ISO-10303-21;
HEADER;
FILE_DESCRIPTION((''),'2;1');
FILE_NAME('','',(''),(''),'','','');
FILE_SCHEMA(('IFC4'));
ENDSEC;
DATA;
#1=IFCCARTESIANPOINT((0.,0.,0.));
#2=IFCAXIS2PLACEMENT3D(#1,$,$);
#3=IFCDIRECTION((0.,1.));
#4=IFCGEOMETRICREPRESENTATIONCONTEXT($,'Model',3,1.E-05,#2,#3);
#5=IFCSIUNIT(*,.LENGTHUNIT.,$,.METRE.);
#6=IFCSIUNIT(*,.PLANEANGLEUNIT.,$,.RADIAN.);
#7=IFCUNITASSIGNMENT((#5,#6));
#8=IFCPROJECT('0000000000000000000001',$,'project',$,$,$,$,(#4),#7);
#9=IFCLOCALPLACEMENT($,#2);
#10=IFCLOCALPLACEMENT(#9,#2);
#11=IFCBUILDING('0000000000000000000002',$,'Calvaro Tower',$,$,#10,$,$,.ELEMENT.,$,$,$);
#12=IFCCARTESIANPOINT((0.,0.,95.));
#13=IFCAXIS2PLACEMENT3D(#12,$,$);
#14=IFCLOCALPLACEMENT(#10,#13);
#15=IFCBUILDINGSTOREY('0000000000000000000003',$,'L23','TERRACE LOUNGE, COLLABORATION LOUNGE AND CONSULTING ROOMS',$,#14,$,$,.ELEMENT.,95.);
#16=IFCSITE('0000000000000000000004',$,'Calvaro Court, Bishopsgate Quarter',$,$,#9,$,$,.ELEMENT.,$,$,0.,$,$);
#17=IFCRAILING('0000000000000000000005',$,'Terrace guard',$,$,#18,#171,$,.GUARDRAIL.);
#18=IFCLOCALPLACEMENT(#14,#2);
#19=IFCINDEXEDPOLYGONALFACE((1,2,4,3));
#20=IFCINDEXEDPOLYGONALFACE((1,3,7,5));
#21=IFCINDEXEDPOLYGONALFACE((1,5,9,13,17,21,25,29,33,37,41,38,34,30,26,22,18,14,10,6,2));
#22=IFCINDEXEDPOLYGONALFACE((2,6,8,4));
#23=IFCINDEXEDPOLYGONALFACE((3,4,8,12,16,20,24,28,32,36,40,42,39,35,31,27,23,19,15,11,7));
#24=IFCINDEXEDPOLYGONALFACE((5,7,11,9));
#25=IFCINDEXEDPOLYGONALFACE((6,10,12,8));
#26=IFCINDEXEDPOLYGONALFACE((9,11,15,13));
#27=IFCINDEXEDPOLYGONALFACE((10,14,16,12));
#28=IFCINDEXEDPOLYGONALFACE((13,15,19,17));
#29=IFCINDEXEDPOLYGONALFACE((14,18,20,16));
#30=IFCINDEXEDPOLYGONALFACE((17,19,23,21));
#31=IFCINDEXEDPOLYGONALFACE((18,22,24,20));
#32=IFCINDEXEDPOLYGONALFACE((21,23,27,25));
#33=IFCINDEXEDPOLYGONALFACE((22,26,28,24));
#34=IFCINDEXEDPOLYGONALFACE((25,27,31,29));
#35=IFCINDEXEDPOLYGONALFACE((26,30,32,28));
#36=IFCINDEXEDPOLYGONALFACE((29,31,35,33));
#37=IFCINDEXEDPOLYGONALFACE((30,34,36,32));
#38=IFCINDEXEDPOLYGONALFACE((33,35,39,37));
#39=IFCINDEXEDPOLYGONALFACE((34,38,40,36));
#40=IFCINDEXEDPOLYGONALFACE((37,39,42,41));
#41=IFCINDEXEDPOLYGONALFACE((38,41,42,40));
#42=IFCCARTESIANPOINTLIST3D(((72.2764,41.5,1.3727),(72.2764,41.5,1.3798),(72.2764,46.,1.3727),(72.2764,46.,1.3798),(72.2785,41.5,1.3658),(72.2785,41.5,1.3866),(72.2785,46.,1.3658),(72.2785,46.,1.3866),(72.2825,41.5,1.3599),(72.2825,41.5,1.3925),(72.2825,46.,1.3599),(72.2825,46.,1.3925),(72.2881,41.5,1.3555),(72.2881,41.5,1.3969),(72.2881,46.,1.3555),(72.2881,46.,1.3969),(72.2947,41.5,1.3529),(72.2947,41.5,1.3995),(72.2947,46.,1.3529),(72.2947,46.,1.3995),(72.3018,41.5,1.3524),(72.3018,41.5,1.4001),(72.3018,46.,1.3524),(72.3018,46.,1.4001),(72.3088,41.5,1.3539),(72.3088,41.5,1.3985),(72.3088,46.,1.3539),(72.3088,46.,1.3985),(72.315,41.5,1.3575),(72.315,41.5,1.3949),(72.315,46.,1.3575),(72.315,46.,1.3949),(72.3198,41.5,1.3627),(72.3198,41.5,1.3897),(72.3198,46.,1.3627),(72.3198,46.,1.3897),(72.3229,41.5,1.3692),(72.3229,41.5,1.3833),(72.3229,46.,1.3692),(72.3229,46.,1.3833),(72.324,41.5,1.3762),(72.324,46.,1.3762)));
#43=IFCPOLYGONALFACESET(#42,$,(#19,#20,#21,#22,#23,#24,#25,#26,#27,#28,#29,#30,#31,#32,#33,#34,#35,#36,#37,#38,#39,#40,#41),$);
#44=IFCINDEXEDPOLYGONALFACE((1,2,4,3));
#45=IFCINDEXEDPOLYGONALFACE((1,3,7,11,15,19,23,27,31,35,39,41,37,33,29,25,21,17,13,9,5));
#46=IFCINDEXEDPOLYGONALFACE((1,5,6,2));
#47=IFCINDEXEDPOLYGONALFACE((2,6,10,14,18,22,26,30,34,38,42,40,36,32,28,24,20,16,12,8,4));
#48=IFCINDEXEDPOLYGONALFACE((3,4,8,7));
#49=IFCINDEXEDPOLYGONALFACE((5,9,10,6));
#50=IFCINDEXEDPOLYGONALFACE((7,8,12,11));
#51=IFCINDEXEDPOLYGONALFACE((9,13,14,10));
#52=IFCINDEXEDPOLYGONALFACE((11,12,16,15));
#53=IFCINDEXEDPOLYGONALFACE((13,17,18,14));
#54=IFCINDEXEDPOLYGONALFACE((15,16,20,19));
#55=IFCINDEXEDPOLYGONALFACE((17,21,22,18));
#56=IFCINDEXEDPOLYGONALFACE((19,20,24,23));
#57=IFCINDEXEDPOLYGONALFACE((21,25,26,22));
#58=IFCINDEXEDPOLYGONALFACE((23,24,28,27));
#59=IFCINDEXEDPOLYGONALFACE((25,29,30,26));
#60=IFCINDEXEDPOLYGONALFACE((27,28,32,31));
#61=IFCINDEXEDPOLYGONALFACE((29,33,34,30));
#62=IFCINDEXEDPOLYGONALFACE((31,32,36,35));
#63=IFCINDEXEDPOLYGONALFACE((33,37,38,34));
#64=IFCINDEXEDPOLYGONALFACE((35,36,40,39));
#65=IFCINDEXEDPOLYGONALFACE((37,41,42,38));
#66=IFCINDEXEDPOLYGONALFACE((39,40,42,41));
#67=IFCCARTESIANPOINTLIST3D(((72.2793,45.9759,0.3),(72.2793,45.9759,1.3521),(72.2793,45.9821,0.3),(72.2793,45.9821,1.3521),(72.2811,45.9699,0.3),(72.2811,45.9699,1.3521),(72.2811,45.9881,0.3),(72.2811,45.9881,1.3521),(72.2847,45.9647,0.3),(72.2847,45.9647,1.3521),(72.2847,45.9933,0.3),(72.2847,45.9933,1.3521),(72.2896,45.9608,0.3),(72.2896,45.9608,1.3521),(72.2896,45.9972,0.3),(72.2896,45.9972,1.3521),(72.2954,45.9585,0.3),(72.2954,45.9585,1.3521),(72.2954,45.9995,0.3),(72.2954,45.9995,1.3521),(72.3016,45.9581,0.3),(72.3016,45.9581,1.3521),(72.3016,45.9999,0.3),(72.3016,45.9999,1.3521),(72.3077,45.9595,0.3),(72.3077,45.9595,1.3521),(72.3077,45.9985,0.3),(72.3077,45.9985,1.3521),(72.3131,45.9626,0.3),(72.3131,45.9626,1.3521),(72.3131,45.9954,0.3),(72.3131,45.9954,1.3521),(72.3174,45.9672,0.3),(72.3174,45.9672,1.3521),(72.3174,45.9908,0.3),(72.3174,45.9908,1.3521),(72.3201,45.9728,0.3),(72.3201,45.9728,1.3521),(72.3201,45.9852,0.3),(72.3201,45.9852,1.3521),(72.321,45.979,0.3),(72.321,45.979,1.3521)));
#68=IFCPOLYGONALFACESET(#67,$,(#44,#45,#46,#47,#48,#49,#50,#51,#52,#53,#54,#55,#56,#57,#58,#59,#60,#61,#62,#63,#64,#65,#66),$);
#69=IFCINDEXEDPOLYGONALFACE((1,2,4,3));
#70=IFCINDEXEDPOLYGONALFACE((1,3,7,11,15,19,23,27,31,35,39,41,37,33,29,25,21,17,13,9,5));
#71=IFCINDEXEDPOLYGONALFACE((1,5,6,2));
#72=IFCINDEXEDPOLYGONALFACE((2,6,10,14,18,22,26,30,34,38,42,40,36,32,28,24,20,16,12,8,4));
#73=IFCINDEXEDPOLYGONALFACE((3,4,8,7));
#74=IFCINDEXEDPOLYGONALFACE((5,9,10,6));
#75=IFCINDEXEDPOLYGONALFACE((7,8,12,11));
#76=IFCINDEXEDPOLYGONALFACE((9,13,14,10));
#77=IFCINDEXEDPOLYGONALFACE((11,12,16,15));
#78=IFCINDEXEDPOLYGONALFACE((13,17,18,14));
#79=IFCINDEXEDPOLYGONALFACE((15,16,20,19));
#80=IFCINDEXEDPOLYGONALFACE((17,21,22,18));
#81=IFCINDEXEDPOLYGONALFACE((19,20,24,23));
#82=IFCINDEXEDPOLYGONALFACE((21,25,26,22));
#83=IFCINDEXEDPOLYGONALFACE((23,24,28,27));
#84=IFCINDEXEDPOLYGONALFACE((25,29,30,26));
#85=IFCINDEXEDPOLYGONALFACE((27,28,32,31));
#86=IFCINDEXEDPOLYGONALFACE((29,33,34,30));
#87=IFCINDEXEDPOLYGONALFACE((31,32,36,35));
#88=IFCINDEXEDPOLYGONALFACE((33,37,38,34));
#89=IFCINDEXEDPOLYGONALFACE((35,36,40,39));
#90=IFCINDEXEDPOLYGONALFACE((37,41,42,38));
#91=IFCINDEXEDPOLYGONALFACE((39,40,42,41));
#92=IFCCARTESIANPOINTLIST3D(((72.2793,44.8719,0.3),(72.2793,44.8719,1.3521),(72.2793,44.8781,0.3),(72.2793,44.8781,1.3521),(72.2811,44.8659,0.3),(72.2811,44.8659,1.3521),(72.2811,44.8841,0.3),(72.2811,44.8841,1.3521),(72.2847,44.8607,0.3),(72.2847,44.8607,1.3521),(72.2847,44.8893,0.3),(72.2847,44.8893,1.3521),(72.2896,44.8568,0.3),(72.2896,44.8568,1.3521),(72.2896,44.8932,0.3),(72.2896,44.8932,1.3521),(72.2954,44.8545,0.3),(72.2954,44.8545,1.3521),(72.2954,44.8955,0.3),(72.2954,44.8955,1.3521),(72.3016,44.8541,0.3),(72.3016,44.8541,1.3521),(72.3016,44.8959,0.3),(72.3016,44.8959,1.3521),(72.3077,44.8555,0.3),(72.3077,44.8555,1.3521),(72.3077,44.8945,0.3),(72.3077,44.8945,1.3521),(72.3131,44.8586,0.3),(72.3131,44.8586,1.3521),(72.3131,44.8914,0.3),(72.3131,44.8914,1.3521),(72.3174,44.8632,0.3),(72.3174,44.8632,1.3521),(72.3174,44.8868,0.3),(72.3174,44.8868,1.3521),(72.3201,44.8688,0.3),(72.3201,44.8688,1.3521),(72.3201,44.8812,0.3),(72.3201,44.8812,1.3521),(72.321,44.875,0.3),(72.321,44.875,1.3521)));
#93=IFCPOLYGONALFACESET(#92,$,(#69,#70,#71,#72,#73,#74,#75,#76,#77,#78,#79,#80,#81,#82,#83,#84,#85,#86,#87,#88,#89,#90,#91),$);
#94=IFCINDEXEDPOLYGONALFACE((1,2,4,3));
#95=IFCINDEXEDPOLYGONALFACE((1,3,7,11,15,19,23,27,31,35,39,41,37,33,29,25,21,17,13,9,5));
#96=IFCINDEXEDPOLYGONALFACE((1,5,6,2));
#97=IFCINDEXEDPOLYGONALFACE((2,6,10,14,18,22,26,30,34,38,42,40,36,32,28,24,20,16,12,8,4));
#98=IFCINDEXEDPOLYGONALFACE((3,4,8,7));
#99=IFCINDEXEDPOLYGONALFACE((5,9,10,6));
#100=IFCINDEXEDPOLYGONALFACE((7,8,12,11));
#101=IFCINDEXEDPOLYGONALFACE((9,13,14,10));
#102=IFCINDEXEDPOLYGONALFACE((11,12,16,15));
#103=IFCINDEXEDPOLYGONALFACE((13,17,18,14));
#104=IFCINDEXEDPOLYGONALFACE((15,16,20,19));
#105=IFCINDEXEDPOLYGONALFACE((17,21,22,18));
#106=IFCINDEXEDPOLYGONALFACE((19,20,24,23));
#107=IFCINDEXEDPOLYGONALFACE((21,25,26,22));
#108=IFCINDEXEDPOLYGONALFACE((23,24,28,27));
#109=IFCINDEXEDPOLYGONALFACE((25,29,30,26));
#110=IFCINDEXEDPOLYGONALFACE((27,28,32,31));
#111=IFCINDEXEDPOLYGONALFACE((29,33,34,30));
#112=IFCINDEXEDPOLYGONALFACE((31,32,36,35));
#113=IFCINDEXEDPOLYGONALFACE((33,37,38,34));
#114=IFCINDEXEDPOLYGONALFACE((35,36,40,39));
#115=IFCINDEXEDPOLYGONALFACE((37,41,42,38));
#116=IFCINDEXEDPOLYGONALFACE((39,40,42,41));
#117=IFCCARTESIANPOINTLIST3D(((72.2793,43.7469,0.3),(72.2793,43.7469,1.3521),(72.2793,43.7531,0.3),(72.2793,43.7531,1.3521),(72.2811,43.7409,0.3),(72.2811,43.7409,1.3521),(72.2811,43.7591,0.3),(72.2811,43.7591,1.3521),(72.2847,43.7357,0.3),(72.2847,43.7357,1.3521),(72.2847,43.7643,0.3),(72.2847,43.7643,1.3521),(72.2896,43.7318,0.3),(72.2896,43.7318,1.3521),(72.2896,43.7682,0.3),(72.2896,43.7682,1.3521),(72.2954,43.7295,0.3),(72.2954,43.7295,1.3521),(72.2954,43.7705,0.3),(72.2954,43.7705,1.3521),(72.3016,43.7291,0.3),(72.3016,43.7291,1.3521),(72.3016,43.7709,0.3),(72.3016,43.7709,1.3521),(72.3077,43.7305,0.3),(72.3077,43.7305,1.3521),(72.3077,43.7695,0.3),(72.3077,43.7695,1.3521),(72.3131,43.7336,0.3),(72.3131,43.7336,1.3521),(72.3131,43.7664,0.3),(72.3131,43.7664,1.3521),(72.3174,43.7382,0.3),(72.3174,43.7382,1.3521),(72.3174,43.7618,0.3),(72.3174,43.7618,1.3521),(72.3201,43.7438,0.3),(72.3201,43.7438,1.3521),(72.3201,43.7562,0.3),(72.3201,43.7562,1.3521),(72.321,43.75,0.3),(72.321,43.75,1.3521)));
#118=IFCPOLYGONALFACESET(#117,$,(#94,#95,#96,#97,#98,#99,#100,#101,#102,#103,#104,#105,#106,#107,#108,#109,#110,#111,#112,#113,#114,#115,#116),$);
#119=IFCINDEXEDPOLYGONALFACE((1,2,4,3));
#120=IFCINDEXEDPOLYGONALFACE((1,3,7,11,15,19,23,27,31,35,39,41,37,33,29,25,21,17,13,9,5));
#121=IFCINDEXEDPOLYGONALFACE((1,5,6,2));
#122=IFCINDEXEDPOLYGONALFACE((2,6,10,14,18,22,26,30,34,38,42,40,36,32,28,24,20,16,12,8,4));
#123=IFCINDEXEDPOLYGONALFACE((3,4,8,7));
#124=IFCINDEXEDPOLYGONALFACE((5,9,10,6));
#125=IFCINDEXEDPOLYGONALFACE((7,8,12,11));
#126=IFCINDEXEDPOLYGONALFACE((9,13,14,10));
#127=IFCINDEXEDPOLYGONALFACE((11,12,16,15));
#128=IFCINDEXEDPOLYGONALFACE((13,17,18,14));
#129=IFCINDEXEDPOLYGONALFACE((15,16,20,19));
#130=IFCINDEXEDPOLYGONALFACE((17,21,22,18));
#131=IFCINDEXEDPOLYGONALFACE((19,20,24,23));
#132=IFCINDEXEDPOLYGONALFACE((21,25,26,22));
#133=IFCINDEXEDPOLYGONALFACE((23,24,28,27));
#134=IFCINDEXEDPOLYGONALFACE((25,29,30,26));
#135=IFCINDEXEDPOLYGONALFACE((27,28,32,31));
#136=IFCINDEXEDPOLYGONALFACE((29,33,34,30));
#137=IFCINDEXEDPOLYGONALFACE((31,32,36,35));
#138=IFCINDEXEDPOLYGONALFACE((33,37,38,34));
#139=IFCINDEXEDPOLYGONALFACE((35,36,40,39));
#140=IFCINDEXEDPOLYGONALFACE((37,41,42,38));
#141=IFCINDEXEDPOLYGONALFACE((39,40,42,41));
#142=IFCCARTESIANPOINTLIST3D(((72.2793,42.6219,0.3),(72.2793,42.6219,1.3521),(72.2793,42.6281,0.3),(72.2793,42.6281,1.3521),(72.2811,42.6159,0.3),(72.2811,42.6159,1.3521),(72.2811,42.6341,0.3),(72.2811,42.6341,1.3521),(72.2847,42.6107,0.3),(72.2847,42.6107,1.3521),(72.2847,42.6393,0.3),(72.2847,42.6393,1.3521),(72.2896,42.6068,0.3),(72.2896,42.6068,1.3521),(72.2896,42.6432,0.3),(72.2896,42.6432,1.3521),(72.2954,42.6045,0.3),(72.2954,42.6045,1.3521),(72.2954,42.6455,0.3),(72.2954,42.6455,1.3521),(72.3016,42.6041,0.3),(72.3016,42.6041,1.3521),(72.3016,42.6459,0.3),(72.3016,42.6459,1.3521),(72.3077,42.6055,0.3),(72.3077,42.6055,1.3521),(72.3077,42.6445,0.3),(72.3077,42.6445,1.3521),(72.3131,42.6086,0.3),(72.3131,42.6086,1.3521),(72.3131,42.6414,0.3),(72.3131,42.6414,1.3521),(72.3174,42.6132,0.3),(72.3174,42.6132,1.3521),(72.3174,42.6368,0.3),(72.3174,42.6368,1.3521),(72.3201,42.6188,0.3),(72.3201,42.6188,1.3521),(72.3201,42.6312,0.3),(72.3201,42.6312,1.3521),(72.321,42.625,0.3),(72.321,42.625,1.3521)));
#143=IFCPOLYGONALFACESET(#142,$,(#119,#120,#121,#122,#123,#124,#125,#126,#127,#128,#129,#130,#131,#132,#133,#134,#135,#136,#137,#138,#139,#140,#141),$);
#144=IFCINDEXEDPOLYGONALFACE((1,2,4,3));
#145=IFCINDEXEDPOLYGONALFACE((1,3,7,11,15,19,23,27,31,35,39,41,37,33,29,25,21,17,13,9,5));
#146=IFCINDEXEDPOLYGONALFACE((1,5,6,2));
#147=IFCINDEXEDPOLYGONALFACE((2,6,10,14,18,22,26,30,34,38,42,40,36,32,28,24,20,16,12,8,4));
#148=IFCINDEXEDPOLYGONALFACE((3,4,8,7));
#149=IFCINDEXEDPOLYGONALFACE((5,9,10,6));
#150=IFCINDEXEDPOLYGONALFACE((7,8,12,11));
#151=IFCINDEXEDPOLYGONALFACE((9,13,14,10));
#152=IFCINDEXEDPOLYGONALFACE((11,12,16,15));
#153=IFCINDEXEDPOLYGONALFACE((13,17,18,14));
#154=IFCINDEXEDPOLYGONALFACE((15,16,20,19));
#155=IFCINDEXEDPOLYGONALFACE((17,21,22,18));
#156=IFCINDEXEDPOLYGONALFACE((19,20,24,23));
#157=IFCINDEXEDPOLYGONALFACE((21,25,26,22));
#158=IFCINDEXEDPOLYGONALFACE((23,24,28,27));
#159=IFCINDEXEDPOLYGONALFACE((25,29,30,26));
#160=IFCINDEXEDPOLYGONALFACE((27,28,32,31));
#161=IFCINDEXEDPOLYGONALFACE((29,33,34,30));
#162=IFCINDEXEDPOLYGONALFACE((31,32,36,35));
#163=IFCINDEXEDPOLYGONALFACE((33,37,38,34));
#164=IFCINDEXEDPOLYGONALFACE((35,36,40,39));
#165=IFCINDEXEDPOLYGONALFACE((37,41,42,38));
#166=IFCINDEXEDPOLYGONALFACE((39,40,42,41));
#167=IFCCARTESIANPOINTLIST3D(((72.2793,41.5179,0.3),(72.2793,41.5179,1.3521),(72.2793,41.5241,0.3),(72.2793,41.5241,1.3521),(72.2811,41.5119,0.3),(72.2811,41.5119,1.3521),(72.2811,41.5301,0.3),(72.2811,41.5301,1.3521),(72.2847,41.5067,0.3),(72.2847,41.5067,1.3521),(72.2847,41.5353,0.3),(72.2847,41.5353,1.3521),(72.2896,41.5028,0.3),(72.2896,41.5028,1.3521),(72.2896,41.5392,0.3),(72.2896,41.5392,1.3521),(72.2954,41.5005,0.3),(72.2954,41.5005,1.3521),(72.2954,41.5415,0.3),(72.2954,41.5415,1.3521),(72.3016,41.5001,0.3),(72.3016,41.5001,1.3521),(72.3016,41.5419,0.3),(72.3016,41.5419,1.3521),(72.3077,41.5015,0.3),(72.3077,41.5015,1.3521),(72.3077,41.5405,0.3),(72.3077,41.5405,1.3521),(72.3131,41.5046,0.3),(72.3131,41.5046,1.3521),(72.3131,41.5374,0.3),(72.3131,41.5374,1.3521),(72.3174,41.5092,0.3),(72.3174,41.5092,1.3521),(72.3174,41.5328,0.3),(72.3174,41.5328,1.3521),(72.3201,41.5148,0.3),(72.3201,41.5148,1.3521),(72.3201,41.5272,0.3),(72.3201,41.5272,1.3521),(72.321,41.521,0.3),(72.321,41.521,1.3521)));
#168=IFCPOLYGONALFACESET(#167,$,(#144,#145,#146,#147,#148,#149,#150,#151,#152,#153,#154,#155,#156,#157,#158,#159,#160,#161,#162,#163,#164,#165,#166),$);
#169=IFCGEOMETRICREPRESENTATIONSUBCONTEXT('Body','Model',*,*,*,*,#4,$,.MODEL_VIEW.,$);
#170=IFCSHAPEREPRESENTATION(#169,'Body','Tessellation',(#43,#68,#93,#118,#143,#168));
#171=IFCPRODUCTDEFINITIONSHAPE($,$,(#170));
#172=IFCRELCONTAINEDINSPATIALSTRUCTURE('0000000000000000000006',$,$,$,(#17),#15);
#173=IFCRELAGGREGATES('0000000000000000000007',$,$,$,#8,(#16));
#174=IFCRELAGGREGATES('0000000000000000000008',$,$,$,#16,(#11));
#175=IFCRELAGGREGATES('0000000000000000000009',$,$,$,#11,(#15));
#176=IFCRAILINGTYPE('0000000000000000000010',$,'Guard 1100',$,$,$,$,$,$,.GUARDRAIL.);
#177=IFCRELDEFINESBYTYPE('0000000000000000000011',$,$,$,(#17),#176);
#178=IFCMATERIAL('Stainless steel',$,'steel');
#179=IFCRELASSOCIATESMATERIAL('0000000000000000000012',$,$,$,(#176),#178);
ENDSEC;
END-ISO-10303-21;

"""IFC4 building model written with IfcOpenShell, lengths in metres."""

from ifc_helpers import new_model, si_unit, direction, frame, origin, origin_2d, place, context, subcontext, project, spatial, circle, extrude, material, type_object, element, save


model = new_model("IFC4")

# Units and contexts
model_context = context("Model", 3, precision=1e-05, world=origin(), true_north=direction((0.0, 1.0)))
body_context = subcontext(model_context, "Body", "Model", "MODEL_VIEW")
ifc_project = project(units=[si_unit("LENGTHUNIT", "METRE"), si_unit("PLANEANGLEUNIT", "RADIAN")], contexts=[model_context])

# Site, building, storey
site_placement = place(None, origin())
site = spatial("IfcSite", under=ifc_project, at=site_placement, Name="Calvaro Court, Bishopsgate Quarter", CompositionType="ELEMENT", RefElevation=0.0)
building_placement = place(site_placement, origin())
building = spatial("IfcBuilding", under=site, at=building_placement, Name="Calvaro Tower", CompositionType="ELEMENT")
storey_placement = place(building_placement, frame((0.0, 0.0, 95.0)))
storey = spatial("IfcBuildingStorey", under=building, at=storey_placement, Name="L23", Description="TERRACE LOUNGE, COLLABORATION LOUNGE AND CONSULTING ROOMS", CompositionType="ELEMENT", Elevation=95.0)

# Railing
ifc_material_1 = material(Name="Stainless steel", Category="steel")
railing_type = type_object("IfcRailingType", Name="Guard 1100", PredefinedType="GUARDRAIL", material=ifc_material_1)
railing_1_placement = place(storey_placement, frame((72.3, 46.0, 0.3)))
element("IfcRailing", 1, at=railing_1_placement, inside=storey, type_object=railing_type, Name="Terrace guard", PredefinedType="GUARDRAIL", context=body_context, shape_type="SweptSolid", body=[
    extrude(circle(Radius=0.0239, at=origin_2d()), frame((0.0, 0.0, 1.0762), z_axis=(0.0, -1.0, 0.0), x_axis=(1.0, 0.0, 0.0)), (0.0, 0.0, 1.0), 4.5),
    extrude(circle(Radius=0.021, at=origin_2d()), frame((0.0, -0.021, 0.0)), (0.0, 0.0, 1.0), 1.052),
    extrude(circle(Radius=0.021, at=origin_2d()), frame((0.0, -1.125, 0.0)), (0.0, 0.0, 1.0), 1.052),
    extrude(circle(Radius=0.021, at=origin_2d()), frame((0.0, -2.25, 0.0)), (0.0, 0.0, 1.0), 1.052),
    extrude(circle(Radius=0.021, at=origin_2d()), frame((0.0, -3.375, 0.0)), (0.0, 0.0, 1.0), 1.052),
    extrude(circle(Radius=0.021, at=origin_2d()), frame((0.0, -4.479, 0.0)), (0.0, 0.0, 1.0), 1.052),
])

save(model, "model.ifc")
